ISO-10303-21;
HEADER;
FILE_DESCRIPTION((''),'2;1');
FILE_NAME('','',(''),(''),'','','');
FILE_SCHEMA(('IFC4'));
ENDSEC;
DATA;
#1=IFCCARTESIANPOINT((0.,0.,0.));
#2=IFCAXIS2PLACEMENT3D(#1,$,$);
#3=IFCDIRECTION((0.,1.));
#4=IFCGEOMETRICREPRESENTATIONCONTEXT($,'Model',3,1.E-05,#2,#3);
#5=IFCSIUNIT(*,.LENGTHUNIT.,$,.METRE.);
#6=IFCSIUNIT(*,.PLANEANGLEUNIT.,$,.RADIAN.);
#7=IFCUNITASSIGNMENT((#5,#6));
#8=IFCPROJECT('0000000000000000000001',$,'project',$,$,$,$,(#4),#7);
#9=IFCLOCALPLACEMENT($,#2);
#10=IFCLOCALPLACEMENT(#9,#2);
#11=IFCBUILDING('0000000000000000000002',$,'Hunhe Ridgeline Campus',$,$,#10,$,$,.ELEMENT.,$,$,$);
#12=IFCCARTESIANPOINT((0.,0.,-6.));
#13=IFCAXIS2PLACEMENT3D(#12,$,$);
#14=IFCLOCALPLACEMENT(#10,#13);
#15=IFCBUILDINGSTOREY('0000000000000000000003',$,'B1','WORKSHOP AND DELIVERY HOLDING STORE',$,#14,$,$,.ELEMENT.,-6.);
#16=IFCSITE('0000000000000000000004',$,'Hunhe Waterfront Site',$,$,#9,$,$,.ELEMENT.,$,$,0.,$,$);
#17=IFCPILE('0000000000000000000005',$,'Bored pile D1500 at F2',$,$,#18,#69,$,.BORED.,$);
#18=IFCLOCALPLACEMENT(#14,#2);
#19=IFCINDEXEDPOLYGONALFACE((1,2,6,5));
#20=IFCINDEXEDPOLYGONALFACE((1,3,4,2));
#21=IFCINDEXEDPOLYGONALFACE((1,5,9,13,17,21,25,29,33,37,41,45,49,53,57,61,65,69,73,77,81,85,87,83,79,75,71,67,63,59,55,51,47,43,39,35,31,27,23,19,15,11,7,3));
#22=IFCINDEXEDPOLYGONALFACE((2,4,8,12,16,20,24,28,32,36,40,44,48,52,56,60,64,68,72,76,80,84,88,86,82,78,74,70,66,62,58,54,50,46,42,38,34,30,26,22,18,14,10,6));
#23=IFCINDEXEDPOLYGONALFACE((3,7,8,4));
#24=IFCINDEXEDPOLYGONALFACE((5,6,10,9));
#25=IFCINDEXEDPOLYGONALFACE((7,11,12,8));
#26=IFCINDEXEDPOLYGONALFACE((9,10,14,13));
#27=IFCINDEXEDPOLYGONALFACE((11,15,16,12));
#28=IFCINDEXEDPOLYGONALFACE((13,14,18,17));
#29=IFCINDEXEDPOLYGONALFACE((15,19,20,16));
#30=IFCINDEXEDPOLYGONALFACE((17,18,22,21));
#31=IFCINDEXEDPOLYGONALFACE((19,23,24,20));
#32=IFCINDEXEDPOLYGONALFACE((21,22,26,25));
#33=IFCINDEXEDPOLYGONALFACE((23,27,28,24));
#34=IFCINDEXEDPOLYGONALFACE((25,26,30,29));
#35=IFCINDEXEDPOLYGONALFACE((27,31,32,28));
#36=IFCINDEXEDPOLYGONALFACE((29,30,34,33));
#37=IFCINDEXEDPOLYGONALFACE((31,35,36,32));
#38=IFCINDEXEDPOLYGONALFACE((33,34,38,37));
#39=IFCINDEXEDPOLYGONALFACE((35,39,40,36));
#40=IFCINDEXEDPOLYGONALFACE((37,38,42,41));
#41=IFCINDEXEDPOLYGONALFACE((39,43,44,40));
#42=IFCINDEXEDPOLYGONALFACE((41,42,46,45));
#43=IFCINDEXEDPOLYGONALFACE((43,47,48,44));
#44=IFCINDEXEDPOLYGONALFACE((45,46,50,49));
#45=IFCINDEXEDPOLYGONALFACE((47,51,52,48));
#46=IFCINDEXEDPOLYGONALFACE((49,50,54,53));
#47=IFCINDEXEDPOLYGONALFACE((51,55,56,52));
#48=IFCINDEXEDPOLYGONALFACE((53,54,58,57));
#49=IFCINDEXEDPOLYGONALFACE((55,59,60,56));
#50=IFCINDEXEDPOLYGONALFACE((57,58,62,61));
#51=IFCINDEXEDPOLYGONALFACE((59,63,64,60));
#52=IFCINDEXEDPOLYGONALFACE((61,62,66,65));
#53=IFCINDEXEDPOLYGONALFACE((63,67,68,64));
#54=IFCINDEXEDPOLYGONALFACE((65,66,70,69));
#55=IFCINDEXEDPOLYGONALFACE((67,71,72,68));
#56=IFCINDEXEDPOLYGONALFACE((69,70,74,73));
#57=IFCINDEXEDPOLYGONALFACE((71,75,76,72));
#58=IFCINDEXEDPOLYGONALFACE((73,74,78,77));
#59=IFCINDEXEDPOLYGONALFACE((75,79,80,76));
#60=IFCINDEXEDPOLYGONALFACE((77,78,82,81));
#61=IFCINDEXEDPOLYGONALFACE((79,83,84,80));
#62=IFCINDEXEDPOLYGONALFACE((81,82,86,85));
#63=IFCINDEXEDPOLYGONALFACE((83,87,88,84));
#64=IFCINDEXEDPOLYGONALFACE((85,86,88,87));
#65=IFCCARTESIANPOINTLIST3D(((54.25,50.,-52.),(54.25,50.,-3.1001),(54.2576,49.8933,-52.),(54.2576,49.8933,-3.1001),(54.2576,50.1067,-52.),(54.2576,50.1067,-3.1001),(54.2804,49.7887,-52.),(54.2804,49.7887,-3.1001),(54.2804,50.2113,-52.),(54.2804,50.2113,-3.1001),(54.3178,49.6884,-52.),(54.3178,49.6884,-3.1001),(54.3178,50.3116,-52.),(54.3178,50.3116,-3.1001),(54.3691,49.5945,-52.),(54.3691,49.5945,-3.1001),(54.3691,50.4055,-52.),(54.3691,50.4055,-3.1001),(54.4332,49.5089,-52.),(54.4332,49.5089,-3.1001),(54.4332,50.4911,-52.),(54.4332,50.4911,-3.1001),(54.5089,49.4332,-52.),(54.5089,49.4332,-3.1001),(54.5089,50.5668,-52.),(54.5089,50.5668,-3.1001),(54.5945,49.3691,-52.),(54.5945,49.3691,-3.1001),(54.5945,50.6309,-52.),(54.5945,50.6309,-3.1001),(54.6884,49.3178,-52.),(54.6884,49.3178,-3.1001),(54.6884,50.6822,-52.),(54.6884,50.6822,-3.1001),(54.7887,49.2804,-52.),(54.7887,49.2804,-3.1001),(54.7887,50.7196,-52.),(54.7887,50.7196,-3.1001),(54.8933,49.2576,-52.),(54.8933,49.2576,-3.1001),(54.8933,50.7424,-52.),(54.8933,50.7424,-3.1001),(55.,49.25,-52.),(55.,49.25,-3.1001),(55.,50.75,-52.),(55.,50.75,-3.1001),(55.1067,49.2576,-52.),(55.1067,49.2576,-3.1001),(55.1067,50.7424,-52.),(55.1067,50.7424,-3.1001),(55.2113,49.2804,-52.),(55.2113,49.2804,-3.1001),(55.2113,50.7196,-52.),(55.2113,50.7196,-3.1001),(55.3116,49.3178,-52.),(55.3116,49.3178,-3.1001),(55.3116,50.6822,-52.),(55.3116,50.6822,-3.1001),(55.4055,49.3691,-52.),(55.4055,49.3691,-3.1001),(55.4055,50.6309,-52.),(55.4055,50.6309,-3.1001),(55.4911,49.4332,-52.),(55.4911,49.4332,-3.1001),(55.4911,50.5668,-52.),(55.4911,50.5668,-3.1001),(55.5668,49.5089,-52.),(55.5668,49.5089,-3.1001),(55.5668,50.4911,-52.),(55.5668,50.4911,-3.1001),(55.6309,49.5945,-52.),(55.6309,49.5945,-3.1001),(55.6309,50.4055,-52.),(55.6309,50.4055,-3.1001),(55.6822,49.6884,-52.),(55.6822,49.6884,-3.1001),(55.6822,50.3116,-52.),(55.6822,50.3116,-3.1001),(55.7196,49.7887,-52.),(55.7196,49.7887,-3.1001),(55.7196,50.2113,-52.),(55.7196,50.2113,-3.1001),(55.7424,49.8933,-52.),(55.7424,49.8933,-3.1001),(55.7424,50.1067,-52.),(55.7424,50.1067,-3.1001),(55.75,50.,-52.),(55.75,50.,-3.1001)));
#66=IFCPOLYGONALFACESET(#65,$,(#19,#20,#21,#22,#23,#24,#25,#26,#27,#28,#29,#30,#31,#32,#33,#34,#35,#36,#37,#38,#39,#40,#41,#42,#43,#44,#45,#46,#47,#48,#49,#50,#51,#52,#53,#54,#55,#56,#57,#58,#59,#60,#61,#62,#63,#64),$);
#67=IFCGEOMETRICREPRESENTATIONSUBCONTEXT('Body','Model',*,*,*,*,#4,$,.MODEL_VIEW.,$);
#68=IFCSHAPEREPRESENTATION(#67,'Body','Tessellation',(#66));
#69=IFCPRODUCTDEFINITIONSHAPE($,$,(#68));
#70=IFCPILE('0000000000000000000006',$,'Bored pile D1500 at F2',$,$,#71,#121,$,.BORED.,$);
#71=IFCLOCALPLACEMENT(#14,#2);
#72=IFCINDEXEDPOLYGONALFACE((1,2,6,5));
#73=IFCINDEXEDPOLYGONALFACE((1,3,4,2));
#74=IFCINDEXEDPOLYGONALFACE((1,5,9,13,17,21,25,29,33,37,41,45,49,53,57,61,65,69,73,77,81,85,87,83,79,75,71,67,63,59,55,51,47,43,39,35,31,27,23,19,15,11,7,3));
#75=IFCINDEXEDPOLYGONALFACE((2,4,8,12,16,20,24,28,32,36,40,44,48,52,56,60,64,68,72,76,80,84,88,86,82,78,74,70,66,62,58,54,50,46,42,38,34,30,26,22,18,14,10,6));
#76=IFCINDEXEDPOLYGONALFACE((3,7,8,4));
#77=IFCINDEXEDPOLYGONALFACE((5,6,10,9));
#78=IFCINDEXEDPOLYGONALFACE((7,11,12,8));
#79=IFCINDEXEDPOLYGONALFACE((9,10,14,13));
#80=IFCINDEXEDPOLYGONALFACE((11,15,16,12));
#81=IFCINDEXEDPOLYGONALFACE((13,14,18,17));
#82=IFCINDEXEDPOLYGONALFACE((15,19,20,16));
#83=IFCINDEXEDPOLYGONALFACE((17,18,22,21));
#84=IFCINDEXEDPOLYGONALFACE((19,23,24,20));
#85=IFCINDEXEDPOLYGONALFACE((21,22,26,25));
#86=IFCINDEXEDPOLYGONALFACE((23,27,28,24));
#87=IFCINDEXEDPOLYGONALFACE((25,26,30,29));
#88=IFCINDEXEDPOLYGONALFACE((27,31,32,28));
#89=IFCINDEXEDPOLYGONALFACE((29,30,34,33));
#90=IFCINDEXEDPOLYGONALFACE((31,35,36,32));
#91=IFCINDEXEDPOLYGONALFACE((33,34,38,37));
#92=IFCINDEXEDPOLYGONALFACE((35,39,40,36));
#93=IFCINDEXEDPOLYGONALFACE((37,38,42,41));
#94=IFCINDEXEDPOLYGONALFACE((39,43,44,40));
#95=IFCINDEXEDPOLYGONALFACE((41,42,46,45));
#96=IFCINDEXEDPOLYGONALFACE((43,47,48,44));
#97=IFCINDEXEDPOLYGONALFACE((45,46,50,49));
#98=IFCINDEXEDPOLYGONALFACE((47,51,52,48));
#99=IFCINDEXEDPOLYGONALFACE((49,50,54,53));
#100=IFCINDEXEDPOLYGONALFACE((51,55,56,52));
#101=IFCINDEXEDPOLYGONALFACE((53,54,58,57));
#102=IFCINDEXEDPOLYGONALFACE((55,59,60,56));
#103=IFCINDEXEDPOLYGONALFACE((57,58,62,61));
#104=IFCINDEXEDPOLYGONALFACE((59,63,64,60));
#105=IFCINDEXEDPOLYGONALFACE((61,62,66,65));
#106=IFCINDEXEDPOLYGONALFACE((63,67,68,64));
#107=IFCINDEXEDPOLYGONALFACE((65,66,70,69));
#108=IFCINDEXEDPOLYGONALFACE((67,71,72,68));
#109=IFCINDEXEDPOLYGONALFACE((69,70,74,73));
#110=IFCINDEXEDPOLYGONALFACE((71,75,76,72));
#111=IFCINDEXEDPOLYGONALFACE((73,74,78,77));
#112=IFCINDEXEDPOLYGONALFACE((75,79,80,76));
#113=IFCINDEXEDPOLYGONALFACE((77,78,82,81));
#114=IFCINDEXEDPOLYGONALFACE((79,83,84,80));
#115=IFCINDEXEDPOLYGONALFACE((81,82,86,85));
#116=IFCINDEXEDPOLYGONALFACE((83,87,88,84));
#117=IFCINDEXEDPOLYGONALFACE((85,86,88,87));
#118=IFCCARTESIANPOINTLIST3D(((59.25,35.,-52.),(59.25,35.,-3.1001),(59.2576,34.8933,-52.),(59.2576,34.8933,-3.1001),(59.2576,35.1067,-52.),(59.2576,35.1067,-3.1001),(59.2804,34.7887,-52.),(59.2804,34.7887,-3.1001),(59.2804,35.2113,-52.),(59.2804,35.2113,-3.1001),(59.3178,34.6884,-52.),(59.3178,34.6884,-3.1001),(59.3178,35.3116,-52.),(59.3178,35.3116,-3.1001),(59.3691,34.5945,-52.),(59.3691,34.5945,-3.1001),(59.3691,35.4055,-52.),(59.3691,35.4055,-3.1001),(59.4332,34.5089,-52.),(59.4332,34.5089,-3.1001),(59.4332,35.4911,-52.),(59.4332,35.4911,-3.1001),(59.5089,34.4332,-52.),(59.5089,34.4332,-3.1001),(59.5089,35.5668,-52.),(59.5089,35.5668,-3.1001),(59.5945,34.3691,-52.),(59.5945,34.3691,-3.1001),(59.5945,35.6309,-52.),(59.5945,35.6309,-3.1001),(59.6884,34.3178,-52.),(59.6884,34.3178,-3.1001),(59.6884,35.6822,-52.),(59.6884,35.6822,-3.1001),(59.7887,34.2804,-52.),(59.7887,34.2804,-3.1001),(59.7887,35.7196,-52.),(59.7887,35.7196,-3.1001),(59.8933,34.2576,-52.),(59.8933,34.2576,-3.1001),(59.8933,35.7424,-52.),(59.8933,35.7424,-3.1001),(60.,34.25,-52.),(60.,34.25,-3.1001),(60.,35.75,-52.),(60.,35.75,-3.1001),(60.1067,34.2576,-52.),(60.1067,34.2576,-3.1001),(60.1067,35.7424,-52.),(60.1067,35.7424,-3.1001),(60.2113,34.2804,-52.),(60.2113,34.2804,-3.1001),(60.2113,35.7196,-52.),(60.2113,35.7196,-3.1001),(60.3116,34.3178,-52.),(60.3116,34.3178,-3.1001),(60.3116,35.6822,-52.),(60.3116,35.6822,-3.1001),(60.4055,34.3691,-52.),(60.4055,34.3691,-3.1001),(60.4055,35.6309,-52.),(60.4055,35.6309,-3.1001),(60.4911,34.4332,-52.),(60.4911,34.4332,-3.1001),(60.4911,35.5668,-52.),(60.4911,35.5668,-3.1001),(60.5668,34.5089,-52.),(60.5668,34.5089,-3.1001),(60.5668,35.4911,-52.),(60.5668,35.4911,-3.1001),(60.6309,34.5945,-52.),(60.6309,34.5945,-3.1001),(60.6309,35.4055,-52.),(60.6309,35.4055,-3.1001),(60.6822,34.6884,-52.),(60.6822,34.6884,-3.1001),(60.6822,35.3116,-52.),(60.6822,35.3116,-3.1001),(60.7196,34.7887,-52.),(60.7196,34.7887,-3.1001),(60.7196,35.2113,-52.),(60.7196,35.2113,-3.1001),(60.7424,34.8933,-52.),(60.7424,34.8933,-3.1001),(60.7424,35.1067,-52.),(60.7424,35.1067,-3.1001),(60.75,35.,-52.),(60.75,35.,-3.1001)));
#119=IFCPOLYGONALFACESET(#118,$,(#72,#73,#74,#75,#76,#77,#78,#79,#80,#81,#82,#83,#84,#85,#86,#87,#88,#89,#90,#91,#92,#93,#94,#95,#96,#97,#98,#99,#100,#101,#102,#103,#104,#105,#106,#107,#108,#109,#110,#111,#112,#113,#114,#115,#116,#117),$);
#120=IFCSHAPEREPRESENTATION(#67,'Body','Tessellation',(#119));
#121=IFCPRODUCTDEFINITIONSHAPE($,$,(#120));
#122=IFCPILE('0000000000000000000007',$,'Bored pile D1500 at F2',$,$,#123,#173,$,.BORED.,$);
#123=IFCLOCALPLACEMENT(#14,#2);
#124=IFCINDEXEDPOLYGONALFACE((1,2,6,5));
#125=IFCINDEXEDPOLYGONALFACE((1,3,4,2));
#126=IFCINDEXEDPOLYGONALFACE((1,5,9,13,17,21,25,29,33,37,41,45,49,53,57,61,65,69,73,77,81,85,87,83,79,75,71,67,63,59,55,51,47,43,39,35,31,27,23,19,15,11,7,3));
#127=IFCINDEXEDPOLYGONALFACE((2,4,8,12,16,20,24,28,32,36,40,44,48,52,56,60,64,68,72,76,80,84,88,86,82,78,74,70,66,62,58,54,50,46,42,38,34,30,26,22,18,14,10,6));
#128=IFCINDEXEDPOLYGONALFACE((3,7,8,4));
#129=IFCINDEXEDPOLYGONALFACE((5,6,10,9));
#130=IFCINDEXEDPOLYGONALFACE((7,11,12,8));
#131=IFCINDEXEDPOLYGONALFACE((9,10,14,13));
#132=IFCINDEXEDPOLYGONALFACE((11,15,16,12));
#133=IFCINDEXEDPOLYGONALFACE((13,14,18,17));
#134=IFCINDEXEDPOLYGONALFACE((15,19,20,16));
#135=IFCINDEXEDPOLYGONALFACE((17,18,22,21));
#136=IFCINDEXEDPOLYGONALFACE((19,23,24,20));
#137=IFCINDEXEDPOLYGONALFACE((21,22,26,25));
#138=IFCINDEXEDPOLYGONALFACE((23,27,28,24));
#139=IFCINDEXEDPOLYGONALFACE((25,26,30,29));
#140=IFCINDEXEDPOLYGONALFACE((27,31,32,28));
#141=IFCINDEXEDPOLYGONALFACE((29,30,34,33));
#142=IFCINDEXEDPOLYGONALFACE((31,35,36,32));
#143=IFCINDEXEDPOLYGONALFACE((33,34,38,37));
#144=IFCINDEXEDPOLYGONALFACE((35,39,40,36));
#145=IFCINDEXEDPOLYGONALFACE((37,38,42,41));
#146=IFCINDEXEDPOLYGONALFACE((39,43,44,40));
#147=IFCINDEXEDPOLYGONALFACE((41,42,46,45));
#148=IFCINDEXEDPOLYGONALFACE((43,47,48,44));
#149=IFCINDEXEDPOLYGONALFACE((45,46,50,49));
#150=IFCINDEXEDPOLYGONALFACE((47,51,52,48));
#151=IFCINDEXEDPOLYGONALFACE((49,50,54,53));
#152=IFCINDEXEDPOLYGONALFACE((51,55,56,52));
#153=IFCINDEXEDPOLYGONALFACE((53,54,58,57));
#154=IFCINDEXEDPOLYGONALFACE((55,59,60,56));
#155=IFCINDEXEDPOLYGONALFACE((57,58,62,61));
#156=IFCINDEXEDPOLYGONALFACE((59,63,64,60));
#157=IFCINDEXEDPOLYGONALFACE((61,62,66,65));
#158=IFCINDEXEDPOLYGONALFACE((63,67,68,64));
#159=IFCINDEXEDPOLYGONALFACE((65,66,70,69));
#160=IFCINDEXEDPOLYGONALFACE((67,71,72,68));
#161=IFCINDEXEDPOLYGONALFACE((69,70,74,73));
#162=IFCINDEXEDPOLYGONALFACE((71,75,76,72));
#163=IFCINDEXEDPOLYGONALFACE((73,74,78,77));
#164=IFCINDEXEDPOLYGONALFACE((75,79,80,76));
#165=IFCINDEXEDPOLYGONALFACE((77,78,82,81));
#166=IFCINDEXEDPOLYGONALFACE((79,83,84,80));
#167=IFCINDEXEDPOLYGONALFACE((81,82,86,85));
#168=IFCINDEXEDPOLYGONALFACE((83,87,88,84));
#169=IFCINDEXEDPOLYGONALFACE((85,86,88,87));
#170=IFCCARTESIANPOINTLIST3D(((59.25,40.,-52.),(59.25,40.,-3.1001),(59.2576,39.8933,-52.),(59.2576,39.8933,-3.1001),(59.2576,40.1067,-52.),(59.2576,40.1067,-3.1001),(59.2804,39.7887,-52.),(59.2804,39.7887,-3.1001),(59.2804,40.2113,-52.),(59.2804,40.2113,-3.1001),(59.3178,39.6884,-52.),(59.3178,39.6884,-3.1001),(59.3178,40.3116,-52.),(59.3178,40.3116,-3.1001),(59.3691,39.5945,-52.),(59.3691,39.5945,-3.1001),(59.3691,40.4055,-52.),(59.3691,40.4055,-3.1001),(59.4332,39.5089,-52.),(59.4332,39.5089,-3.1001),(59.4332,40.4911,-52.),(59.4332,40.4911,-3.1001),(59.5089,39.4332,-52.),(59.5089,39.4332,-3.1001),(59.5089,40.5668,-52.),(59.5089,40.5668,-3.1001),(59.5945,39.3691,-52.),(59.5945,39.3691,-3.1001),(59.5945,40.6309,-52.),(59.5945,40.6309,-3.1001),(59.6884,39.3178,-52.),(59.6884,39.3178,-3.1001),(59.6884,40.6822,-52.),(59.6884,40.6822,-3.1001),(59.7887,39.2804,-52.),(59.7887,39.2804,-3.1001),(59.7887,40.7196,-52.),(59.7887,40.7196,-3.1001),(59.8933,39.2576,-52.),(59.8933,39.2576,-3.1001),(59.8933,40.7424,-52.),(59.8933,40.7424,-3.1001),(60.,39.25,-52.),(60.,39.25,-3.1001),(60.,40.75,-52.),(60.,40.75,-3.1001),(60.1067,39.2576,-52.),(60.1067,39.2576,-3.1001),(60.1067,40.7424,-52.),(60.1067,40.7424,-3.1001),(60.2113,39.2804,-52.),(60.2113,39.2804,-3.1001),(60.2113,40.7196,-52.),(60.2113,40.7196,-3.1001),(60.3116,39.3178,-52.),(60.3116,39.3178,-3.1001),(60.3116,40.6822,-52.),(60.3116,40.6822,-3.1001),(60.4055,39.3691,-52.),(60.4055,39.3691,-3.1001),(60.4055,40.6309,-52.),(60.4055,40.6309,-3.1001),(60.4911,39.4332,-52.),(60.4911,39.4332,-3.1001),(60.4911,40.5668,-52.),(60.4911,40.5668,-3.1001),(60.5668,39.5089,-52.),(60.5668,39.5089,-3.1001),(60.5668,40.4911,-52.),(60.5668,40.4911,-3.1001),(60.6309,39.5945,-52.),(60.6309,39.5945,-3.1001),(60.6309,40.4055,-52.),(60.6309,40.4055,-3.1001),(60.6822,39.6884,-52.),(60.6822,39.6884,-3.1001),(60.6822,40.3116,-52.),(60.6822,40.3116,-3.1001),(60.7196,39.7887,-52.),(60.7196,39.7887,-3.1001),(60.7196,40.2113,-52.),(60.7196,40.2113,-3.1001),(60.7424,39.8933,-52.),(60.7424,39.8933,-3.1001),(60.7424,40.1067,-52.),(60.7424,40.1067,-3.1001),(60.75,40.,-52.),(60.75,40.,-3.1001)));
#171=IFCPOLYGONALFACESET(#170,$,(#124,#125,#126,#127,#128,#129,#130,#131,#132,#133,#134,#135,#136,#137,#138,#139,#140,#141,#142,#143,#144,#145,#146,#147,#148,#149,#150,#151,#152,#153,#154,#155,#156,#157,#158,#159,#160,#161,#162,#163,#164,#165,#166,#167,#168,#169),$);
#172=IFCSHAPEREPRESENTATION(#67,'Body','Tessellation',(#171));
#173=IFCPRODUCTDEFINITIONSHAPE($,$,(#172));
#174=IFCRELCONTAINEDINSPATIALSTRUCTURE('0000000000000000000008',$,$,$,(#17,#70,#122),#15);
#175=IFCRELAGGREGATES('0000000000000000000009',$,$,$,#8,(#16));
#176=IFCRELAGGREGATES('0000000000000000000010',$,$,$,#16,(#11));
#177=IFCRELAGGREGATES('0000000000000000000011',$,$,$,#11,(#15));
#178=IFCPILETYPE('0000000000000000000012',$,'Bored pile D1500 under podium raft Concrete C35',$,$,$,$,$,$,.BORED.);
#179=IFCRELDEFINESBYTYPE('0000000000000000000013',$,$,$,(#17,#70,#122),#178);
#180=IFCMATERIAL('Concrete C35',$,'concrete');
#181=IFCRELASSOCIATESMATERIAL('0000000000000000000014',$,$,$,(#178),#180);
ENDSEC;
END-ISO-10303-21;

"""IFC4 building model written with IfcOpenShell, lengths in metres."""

from ifc_helpers import new_model, si_unit, direction, frame, origin, origin_2d, place, context, subcontext, project, spatial, circle, extrude, material, material_profile, profile_set, type_object, element, save


model = new_model("IFC4")

# Units and contexts
model_context = context("Model", 3, precision=1e-05, world=origin(), true_north=direction((0.0, 1.0)))
body_context = subcontext(model_context, "Body", "Model", "MODEL_VIEW")
ifc_project = project(units=[si_unit("LENGTHUNIT", "METRE"), si_unit("PLANEANGLEUNIT", "RADIAN")], contexts=[model_context])

# Site, building, storey
site_placement = place(None, origin())
site = spatial("IfcSite", under=ifc_project, at=site_placement, Name="Hunhe Waterfront Site", CompositionType="ELEMENT", RefElevation=0.0)
building_placement = place(site_placement, origin())
building = spatial("IfcBuilding", under=site, at=building_placement, Name="Hunhe Ridgeline Campus", CompositionType="ELEMENT")
storey_placement = place(building_placement, frame((0.0, 0.0, -6.0)))
storey = spatial("IfcBuildingStorey", under=building, at=storey_placement, Name="B1", Description="WORKSHOP AND DELIVERY HOLDING STORE", CompositionType="ELEMENT", Elevation=-6.0)

# Piles
ifc_material_1 = material(Name="Concrete C35", Category="concrete")
ifc_material_profile_1 = material_profile(ifc_material_1, circle(Radius=0.75, at=origin_2d()))
ifc_profile_set_1 = profile_set([ifc_material_profile_1], Name="Concrete C35")
pile_type_1 = type_object("IfcPileType", Name="Bored pile D1500 under podium raft Concrete C35", PredefinedType="BORED", material=ifc_profile_set_1)
for number, where, z_axis, x_axis, name in (
    (1, (55.0, 50.0, -3.1001), (0.0, 0.0, -1.0), (1.0, 0.0, 0.0), "Bored pile D1500 at F2"),
    (2, (60.0, 35.0, -3.1001), (0.0, 0.0, -1.0), (1.0, 0.0, 0.0), "Bored pile D1500 at F2"),
    (3, (60.0, 40.0, -3.1001), (0.0, 0.0, -1.0), (1.0, 0.0, 0.0), "Bored pile D1500 at F2"),
):
    element("IfcPile", number, at=place(storey_placement, frame(where, z_axis=z_axis, x_axis=x_axis)), inside=storey, type_object=pile_type_1, Name=name, PredefinedType="BORED", context=body_context, shape_type="SweptSolid", body=[
        extrude(circle(Radius=0.75, at=origin_2d()), origin(), (0.0, 0.0, 1.0), 48.8999),
    ])

save(model, "model.ifc")
